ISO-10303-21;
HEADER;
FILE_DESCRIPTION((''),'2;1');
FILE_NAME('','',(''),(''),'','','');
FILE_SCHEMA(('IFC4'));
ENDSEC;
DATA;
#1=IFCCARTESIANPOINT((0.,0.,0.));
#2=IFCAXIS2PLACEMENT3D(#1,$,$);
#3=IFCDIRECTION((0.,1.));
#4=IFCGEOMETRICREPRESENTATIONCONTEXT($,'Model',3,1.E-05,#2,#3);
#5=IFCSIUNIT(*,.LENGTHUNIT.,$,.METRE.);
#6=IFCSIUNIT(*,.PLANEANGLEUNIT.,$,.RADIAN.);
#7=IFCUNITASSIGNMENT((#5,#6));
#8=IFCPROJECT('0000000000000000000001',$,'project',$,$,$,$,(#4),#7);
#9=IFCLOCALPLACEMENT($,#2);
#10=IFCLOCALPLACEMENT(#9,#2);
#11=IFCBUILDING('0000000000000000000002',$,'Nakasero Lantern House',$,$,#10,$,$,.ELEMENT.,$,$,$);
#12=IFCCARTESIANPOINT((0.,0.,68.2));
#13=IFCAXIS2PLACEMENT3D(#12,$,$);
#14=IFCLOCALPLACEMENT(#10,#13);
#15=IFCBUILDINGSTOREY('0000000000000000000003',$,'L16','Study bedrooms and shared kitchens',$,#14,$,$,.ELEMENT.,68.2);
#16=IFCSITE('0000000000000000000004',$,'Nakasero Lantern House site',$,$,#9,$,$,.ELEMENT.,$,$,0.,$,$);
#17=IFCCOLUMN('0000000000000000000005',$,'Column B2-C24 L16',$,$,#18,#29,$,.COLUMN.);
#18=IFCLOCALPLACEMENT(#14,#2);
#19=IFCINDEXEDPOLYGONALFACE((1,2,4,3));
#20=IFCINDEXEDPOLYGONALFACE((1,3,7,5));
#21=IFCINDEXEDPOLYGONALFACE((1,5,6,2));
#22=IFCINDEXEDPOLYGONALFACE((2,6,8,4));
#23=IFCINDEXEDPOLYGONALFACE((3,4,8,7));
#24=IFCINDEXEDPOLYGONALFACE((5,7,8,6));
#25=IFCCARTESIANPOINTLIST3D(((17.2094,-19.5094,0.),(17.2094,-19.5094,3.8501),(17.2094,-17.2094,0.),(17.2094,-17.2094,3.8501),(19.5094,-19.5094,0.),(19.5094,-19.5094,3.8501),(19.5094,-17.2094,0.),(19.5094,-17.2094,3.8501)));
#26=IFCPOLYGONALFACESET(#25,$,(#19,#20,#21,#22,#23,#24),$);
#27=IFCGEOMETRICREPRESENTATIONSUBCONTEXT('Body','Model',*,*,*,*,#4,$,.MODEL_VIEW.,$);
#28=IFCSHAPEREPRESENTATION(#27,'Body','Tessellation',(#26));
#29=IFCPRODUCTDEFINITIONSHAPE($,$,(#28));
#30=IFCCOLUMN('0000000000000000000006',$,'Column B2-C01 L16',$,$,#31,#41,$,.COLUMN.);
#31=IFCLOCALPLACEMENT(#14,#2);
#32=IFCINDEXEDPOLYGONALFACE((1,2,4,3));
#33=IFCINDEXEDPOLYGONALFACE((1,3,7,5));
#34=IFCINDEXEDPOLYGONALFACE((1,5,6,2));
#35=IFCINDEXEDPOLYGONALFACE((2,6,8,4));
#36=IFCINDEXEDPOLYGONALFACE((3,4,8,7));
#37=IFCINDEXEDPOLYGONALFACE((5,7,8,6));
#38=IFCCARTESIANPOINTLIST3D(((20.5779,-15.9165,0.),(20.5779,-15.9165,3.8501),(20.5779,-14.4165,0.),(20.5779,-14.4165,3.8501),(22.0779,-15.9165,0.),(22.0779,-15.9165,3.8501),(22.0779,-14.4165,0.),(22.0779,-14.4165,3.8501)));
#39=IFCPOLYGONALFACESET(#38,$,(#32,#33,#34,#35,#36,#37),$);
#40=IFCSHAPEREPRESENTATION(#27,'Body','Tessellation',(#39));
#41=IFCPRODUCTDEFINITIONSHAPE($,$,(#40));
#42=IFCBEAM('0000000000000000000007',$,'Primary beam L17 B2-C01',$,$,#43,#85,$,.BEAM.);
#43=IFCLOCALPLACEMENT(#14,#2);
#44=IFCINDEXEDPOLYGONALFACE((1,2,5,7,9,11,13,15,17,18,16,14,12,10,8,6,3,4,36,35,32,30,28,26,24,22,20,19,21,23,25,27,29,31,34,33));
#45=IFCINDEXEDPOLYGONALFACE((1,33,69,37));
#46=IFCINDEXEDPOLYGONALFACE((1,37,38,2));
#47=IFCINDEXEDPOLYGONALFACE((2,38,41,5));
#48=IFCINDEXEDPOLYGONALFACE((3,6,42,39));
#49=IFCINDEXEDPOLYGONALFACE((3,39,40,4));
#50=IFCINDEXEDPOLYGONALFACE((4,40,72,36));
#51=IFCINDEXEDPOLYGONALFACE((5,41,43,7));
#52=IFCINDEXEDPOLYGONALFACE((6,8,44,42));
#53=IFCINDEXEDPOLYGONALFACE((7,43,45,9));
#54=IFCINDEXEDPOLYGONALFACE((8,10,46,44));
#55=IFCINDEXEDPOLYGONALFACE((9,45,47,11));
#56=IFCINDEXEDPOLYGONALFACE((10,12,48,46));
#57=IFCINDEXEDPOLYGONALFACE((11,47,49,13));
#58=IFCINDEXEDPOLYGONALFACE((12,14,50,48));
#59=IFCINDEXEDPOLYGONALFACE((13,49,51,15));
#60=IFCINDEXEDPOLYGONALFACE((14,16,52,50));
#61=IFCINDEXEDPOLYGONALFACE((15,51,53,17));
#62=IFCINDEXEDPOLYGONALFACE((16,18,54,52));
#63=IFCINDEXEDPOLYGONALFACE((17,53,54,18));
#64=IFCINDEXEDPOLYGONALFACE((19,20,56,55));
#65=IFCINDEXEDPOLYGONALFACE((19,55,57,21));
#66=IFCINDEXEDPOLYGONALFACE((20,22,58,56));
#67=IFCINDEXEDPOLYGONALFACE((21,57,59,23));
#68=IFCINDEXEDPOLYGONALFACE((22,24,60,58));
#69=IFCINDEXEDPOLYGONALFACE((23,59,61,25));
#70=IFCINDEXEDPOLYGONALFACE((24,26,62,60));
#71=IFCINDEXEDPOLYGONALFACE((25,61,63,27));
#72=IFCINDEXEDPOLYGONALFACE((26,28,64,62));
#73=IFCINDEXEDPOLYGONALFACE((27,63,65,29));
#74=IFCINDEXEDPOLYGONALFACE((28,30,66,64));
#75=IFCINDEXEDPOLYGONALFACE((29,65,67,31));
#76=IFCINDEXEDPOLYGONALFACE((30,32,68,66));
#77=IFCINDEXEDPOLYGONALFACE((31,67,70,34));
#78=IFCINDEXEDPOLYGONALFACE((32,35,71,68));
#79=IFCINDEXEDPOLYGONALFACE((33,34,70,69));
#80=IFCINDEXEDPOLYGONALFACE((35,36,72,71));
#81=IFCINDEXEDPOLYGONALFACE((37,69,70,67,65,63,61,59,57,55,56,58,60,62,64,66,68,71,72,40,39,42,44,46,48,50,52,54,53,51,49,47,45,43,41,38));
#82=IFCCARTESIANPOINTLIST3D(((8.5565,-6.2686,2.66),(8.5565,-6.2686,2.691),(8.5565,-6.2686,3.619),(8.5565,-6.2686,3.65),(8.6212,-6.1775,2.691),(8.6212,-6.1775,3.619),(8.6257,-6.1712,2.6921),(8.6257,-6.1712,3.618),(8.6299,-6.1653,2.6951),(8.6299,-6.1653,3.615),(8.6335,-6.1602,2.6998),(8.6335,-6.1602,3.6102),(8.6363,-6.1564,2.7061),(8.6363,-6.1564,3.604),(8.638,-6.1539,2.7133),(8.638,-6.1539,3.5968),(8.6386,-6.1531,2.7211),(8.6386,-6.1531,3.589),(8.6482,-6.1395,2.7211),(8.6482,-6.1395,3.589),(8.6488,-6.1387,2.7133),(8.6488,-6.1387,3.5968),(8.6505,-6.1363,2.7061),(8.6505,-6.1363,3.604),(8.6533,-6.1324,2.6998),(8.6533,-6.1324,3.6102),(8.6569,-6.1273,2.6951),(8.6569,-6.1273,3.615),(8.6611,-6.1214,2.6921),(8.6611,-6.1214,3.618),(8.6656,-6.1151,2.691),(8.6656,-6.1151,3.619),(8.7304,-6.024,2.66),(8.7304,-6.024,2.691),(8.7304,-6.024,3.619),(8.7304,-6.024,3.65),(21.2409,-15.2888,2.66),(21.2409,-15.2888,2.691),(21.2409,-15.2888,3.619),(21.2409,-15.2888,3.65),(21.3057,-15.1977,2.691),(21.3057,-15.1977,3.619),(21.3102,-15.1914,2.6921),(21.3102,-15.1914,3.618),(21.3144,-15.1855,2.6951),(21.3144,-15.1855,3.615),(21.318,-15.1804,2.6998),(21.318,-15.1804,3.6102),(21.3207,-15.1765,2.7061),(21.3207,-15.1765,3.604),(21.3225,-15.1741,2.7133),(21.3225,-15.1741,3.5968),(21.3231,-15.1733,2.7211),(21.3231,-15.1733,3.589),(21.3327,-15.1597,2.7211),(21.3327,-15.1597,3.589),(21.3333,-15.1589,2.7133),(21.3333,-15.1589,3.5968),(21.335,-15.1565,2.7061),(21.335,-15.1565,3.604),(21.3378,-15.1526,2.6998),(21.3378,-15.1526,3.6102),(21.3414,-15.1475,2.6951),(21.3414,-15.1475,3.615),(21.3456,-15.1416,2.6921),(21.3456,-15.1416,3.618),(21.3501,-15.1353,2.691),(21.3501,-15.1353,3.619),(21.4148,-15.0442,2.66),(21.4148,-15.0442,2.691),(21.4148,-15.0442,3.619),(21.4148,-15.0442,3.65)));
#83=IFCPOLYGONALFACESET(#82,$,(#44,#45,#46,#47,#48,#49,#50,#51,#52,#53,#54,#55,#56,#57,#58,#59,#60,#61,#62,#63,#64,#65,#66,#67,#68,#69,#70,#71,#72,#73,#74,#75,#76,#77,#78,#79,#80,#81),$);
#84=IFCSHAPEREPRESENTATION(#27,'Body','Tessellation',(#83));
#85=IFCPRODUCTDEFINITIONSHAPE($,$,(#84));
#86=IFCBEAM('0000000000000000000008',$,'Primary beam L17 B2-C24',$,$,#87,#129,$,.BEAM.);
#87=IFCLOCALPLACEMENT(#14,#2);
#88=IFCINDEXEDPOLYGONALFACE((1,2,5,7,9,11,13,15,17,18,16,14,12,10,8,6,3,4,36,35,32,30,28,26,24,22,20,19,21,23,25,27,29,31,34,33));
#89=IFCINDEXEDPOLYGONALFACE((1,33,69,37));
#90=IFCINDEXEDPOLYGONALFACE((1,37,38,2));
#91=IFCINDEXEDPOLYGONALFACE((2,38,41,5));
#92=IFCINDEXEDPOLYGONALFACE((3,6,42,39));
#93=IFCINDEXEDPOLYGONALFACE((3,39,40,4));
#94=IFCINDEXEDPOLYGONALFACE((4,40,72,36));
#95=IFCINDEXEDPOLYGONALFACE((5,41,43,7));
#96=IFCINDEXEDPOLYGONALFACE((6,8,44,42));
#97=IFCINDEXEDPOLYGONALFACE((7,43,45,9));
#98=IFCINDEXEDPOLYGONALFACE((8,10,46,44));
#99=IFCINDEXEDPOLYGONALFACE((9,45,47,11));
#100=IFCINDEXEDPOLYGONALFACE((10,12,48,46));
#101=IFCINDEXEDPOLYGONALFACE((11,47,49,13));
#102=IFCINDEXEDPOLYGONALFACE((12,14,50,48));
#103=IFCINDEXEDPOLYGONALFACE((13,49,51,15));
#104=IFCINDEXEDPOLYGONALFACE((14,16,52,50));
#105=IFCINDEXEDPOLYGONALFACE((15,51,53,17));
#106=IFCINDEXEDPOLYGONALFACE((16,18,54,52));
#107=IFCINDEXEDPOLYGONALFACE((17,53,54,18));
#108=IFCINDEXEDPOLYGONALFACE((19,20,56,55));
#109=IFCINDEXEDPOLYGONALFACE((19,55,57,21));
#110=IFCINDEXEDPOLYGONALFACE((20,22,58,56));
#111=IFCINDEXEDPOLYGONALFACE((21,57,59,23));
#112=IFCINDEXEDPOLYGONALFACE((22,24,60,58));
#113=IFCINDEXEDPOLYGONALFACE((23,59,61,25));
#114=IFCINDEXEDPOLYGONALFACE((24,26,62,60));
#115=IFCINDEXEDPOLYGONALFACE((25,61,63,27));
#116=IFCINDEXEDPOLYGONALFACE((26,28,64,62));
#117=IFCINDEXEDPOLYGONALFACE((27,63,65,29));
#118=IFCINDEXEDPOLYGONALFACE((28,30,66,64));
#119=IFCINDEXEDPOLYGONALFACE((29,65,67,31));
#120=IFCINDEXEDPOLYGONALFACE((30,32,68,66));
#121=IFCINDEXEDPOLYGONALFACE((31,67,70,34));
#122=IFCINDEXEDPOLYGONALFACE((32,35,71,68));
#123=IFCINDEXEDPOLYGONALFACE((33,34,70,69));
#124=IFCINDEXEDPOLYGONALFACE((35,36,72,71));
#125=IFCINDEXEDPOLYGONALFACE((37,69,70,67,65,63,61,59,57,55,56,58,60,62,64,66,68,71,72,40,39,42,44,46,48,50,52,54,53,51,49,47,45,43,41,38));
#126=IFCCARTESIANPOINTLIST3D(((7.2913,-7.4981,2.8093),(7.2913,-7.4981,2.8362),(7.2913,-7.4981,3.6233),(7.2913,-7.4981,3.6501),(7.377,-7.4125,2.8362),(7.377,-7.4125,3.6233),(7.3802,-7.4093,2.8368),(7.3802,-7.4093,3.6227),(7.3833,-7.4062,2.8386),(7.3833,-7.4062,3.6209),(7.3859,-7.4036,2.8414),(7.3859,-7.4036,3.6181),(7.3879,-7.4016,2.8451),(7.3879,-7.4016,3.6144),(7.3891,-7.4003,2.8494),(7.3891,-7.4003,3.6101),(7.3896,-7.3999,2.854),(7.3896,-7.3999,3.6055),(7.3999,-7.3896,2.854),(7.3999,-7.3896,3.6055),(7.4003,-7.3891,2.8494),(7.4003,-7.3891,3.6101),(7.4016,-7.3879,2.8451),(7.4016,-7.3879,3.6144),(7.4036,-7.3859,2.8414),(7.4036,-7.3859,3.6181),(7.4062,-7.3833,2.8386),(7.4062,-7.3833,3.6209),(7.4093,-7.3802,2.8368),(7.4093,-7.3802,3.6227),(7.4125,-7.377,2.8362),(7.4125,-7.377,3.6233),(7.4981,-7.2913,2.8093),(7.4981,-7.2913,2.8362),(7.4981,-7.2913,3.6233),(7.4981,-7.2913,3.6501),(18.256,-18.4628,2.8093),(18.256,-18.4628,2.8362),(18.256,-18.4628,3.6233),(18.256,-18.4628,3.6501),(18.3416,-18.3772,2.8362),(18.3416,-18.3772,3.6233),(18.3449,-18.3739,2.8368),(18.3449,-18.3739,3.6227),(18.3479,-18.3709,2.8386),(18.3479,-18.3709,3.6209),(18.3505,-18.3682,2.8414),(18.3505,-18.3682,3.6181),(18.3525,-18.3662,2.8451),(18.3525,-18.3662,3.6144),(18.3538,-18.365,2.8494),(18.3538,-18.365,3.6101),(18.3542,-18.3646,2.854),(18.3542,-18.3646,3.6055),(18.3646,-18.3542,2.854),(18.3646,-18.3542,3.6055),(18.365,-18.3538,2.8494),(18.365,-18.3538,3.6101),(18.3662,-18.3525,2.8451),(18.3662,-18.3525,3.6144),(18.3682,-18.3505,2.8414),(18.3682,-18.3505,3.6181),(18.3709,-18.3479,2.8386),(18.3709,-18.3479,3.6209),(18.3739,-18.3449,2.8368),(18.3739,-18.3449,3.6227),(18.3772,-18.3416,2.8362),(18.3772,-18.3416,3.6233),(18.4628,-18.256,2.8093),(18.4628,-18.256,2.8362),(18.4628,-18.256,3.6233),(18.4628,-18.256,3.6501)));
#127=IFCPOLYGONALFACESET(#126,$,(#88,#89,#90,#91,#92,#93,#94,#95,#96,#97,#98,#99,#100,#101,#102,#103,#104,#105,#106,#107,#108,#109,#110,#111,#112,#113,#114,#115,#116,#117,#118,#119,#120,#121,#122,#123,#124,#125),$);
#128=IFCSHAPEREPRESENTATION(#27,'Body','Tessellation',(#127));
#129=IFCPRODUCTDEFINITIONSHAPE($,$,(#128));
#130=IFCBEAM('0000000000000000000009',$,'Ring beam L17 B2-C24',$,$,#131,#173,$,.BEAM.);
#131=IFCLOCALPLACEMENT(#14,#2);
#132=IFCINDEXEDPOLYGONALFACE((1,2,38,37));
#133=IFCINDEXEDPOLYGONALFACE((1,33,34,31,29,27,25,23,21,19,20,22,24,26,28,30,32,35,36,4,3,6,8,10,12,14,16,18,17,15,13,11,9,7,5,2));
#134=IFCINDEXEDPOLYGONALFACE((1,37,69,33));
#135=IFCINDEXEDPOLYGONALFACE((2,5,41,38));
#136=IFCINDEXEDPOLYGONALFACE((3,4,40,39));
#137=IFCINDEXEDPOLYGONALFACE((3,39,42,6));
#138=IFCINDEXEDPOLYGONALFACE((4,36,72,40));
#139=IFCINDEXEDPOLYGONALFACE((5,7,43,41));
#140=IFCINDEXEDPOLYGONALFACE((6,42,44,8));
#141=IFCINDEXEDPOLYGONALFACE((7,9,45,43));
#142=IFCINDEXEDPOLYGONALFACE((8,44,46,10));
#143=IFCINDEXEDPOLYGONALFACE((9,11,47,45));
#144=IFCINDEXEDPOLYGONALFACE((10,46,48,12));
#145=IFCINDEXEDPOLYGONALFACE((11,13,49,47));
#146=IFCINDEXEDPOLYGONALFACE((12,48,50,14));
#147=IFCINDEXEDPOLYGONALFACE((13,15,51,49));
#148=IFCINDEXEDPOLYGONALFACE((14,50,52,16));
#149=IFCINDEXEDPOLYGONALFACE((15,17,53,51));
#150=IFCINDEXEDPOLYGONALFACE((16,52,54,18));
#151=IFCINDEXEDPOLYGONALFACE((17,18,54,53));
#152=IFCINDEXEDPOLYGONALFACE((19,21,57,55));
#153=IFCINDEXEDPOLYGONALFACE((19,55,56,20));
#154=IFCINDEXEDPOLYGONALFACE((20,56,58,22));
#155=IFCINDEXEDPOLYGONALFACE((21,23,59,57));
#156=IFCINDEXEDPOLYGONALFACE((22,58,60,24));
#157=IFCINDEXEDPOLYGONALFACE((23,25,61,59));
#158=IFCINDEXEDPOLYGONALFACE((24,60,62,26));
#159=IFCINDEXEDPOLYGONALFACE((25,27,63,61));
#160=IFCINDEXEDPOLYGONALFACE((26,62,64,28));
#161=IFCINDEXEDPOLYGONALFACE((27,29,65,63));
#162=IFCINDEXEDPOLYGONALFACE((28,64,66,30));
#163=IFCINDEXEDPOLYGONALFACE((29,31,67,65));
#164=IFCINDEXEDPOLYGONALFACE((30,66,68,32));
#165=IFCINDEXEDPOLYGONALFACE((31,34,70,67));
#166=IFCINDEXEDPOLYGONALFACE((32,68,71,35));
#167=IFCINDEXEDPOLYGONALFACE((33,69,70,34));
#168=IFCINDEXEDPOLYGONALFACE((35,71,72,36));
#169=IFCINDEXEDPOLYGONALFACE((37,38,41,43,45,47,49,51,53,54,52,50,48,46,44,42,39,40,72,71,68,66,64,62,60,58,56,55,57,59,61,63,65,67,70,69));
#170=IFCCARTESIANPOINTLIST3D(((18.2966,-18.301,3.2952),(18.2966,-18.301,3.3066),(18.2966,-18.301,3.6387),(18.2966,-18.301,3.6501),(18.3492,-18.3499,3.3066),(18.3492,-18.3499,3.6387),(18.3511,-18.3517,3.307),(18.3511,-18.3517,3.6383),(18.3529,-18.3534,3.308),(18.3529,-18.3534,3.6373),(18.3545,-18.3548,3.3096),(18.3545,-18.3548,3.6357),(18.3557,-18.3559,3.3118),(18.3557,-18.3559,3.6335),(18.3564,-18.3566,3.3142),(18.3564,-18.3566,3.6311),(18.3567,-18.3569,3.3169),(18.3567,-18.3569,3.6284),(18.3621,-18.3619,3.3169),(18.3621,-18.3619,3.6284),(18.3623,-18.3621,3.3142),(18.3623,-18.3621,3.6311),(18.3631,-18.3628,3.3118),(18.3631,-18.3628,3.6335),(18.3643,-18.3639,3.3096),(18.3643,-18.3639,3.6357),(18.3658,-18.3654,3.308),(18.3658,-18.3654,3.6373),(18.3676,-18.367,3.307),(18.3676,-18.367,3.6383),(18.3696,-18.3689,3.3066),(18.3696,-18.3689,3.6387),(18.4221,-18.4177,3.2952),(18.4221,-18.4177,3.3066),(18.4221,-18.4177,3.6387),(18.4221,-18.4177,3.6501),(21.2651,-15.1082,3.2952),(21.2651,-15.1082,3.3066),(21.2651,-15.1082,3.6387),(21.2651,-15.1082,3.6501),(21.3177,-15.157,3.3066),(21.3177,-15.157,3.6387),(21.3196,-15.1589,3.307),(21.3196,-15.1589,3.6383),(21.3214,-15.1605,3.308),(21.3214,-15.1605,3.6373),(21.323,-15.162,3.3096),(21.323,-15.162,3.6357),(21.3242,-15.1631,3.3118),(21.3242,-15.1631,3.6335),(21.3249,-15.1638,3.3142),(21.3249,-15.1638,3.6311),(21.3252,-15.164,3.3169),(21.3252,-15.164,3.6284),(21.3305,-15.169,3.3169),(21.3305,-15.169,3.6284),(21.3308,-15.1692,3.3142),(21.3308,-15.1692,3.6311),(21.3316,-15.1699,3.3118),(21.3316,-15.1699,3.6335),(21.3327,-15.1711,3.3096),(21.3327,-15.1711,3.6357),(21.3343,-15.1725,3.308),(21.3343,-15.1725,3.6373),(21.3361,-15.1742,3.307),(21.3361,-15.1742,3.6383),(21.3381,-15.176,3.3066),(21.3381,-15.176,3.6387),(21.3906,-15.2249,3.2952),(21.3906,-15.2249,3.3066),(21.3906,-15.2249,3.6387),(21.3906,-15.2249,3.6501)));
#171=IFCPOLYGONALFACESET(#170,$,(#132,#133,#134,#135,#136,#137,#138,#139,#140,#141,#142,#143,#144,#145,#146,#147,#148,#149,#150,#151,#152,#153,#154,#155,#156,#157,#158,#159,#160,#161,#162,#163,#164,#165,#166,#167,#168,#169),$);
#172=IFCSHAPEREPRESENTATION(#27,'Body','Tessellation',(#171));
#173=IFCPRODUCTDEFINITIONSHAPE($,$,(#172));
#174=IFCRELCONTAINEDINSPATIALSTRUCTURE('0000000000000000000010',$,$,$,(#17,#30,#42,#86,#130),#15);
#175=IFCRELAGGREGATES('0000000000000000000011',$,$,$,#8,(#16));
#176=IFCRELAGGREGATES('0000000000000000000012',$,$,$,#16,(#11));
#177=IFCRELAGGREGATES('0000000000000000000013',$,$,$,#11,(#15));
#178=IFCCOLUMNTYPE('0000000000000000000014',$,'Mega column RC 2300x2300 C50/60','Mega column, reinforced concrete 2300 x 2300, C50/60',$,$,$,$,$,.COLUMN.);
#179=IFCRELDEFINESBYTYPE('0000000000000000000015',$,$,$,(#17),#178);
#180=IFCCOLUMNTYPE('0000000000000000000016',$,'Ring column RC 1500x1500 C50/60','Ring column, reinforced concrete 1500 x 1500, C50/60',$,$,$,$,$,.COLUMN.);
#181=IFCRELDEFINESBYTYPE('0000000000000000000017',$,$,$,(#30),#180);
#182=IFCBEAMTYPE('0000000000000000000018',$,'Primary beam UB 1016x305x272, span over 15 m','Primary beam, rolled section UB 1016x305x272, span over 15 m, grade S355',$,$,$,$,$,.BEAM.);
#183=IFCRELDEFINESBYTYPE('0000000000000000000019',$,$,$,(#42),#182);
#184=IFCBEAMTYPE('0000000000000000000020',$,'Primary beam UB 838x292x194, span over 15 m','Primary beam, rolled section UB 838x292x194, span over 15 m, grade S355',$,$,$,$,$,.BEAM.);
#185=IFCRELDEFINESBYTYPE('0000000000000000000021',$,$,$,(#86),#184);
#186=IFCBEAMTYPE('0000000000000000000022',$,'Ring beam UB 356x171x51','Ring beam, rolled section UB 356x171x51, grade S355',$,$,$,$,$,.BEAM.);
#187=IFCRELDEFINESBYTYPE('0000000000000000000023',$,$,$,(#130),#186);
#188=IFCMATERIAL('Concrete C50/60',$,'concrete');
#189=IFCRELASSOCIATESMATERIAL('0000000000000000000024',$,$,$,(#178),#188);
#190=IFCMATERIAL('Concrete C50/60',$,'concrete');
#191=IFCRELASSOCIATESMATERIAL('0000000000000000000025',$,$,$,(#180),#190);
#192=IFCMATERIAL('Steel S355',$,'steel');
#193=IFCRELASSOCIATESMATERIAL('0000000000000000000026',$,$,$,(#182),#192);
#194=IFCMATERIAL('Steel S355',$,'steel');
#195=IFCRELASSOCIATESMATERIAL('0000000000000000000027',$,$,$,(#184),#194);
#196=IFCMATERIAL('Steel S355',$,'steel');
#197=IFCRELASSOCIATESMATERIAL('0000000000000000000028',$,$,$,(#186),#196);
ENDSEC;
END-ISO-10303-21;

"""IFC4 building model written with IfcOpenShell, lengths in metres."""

from ifc_helpers import new_model, si_unit, direction, frame, origin, origin_2d, place, context, subcontext, project, spatial, rectangle, i_section, extrude, material, material_profile, profile_set, type_object, element, save


model = new_model("IFC4")

# Units and contexts
model_context = context("Model", 3, precision=1e-05, world=origin(), true_north=direction((0.0, 1.0)))
body_context = subcontext(model_context, "Body", "Model", "MODEL_VIEW")
ifc_project = project(units=[si_unit("LENGTHUNIT", "METRE"), si_unit("PLANEANGLEUNIT", "RADIAN")], contexts=[model_context])

# Site, building, storey
site_placement = place(None, origin())
site = spatial("IfcSite", under=ifc_project, at=site_placement, Name="Nakasero Lantern House site", CompositionType="ELEMENT", RefElevation=0.0)
building_placement = place(site_placement, origin())
building = spatial("IfcBuilding", under=site, at=building_placement, Name="Nakasero Lantern House", CompositionType="ELEMENT")
storey_placement = place(building_placement, frame((0.0, 0.0, 68.2)))
storey = spatial("IfcBuildingStorey", under=building, at=storey_placement, Name="L16", Description="Study bedrooms and shared kitchens", CompositionType="ELEMENT", Elevation=68.2)

# Columns
ifc_material_1 = material(Name="Concrete C50/60", Category="concrete")
ifc_material_profile_1 = material_profile(ifc_material_1, rectangle(XDim=2.3, YDim=2.3, at=origin_2d()), Name="RC 2300x2300")
ifc_profile_set_1 = profile_set([ifc_material_profile_1], Name="Concrete C50/60")
column_type_1 = type_object("IfcColumnType", Name="Mega column RC 2300x2300 C50/60", Description="Mega column, reinforced concrete 2300 x 2300, C50/60", PredefinedType="COLUMN", material=ifc_profile_set_1)
column_1_placement = place(storey_placement, frame((18.3594, -18.3594, 0.0), z_axis=(0.0, 0.0, 1.0), x_axis=(1.0, 0.0, 0.0)))
element("IfcColumn", 1, at=column_1_placement, inside=storey, type_object=column_type_1, Name="Column B2-C24 L16", PredefinedType="COLUMN", context=body_context, shape_type="SweptSolid", body=[
    extrude(rectangle(XDim=2.3, YDim=2.3, at=origin_2d()), origin(), (0.0, 0.0, 1.0), 3.8501),
])
ifc_material_2 = material(Name="Concrete C50/60", Category="concrete")
ifc_material_profile_2 = material_profile(ifc_material_2, rectangle(XDim=1.5, YDim=1.5, at=origin_2d()), Name="RC 1500x1500")
ifc_profile_set_2 = profile_set([ifc_material_profile_2], Name="Concrete C50/60")
column_type_2 = type_object("IfcColumnType", Name="Ring column RC 1500x1500 C50/60", Description="Ring column, reinforced concrete 1500 x 1500, C50/60", PredefinedType="COLUMN", material=ifc_profile_set_2)
column_2_placement = place(storey_placement, frame((21.3279, -15.1665, 0.0), z_axis=(0.0, 0.0, 1.0), x_axis=(1.0, 0.0, 0.0)))
element("IfcColumn", 2, at=column_2_placement, inside=storey, type_object=column_type_2, Name="Column B2-C01 L16", PredefinedType="COLUMN", context=body_context, shape_type="SweptSolid", body=[
    extrude(rectangle(XDim=1.5, YDim=1.5, at=origin_2d()), origin(), (0.0, 0.0, 1.0), 3.8501),
])

# Beams
ifc_material_3 = material(Name="Steel S355", Category="steel")
ifc_material_profile_3 = material_profile(ifc_material_3, i_section(OverallWidth=0.3, OverallDepth=0.99, WebThickness=0.0166, FlangeThickness=0.031, FilletRadius=0.03, at=origin_2d()), Name="UB 1016x305x272")
ifc_profile_set_3 = profile_set([ifc_material_profile_3], Name="Steel S355")
beam_type_1 = type_object("IfcBeamType", Name="Primary beam UB 1016x305x272, span over 15 m", Description="Primary beam, rolled section UB 1016x305x272, span over 15 m, grade S355", PredefinedType="BEAM", material=ifc_profile_set_3)
beam_1_placement = place(storey_placement, frame((21.3279, -15.1665, 3.155), z_axis=(-0.814952, 0.579529, 0.0), x_axis=(-0.579529, -0.814952, 0.0)))
element("IfcBeam", 3, at=beam_1_placement, inside=storey, type_object=beam_type_1, Name="Primary beam L17 B2-C01", PredefinedType="BEAM", context=body_context, shape_type="SweptSolid", body=[
    extrude(i_section(OverallWidth=0.3, OverallDepth=0.99, WebThickness=0.0166, FlangeThickness=0.031, FilletRadius=0.03, at=origin_2d()), origin(), (0.0, 0.0, 1.0), 15.5647),
])
ifc_material_4 = material(Name="Steel S355", Category="steel")
ifc_material_profile_4 = material_profile(ifc_material_4, i_section(OverallWidth=0.2925, OverallDepth=0.8408, WebThickness=0.0146, FlangeThickness=0.0269, FilletRadius=0.0178, at=origin_2d()), Name="UB 838x292x194")
ifc_profile_set_4 = profile_set([ifc_material_profile_4], Name="Steel S355")
beam_type_2 = type_object("IfcBeamType", Name="Primary beam UB 838x292x194, span over 15 m", Description="Primary beam, rolled section UB 838x292x194, span over 15 m, grade S355", PredefinedType="BEAM", material=ifc_profile_set_4)
beam_2_placement = place(storey_placement, frame((18.3594, -18.3594, 3.2297), z_axis=(-0.707107, 0.707107, 0.0), x_axis=(-0.707107, -0.707107, 0.0)))
element("IfcBeam", 4, at=beam_2_placement, inside=storey, type_object=beam_type_2, Name="Primary beam L17 B2-C24", PredefinedType="BEAM", context=body_context, shape_type="SweptSolid", body=[
    extrude(i_section(OverallWidth=0.2925, OverallDepth=0.8408, WebThickness=0.0146, FlangeThickness=0.0269, FilletRadius=0.0178, at=origin_2d()), origin(), (0.0, 0.0, 1.0), 15.5063),
])
ifc_material_5 = material(Name="Steel S355", Category="steel")
ifc_material_profile_5 = material_profile(ifc_material_5, i_section(OverallWidth=0.1714, OverallDepth=0.355, WebThickness=0.0073, FlangeThickness=0.0115, FilletRadius=0.0103, at=origin_2d()), Name="UB 356x171x51")
ifc_profile_set_5 = profile_set([ifc_material_profile_5], Name="Steel S355")
beam_type_3 = type_object("IfcBeamType", Name="Ring beam UB 356x171x51", Description="Ring beam, rolled section UB 356x171x51, grade S355", PredefinedType="BEAM", material=ifc_profile_set_5)
beam_3_placement = place(storey_placement, frame((18.3594, -18.3594, 3.4727), z_axis=(0.680906, 0.732371, 0.0), x_axis=(-0.732371, 0.680906, 0.0)))
element("IfcBeam", 5, at=beam_3_placement, inside=storey, type_object=beam_type_3, Name="Ring beam L17 B2-C24", PredefinedType="BEAM", context=body_context, shape_type="SweptSolid", body=[
    extrude(i_section(OverallWidth=0.1714, OverallDepth=0.355, WebThickness=0.0073, FlangeThickness=0.0115, FilletRadius=0.0103, at=origin_2d()), origin(), (0.0, 0.0, 1.0), 4.3596),
])

save(model, "model.ifc")
